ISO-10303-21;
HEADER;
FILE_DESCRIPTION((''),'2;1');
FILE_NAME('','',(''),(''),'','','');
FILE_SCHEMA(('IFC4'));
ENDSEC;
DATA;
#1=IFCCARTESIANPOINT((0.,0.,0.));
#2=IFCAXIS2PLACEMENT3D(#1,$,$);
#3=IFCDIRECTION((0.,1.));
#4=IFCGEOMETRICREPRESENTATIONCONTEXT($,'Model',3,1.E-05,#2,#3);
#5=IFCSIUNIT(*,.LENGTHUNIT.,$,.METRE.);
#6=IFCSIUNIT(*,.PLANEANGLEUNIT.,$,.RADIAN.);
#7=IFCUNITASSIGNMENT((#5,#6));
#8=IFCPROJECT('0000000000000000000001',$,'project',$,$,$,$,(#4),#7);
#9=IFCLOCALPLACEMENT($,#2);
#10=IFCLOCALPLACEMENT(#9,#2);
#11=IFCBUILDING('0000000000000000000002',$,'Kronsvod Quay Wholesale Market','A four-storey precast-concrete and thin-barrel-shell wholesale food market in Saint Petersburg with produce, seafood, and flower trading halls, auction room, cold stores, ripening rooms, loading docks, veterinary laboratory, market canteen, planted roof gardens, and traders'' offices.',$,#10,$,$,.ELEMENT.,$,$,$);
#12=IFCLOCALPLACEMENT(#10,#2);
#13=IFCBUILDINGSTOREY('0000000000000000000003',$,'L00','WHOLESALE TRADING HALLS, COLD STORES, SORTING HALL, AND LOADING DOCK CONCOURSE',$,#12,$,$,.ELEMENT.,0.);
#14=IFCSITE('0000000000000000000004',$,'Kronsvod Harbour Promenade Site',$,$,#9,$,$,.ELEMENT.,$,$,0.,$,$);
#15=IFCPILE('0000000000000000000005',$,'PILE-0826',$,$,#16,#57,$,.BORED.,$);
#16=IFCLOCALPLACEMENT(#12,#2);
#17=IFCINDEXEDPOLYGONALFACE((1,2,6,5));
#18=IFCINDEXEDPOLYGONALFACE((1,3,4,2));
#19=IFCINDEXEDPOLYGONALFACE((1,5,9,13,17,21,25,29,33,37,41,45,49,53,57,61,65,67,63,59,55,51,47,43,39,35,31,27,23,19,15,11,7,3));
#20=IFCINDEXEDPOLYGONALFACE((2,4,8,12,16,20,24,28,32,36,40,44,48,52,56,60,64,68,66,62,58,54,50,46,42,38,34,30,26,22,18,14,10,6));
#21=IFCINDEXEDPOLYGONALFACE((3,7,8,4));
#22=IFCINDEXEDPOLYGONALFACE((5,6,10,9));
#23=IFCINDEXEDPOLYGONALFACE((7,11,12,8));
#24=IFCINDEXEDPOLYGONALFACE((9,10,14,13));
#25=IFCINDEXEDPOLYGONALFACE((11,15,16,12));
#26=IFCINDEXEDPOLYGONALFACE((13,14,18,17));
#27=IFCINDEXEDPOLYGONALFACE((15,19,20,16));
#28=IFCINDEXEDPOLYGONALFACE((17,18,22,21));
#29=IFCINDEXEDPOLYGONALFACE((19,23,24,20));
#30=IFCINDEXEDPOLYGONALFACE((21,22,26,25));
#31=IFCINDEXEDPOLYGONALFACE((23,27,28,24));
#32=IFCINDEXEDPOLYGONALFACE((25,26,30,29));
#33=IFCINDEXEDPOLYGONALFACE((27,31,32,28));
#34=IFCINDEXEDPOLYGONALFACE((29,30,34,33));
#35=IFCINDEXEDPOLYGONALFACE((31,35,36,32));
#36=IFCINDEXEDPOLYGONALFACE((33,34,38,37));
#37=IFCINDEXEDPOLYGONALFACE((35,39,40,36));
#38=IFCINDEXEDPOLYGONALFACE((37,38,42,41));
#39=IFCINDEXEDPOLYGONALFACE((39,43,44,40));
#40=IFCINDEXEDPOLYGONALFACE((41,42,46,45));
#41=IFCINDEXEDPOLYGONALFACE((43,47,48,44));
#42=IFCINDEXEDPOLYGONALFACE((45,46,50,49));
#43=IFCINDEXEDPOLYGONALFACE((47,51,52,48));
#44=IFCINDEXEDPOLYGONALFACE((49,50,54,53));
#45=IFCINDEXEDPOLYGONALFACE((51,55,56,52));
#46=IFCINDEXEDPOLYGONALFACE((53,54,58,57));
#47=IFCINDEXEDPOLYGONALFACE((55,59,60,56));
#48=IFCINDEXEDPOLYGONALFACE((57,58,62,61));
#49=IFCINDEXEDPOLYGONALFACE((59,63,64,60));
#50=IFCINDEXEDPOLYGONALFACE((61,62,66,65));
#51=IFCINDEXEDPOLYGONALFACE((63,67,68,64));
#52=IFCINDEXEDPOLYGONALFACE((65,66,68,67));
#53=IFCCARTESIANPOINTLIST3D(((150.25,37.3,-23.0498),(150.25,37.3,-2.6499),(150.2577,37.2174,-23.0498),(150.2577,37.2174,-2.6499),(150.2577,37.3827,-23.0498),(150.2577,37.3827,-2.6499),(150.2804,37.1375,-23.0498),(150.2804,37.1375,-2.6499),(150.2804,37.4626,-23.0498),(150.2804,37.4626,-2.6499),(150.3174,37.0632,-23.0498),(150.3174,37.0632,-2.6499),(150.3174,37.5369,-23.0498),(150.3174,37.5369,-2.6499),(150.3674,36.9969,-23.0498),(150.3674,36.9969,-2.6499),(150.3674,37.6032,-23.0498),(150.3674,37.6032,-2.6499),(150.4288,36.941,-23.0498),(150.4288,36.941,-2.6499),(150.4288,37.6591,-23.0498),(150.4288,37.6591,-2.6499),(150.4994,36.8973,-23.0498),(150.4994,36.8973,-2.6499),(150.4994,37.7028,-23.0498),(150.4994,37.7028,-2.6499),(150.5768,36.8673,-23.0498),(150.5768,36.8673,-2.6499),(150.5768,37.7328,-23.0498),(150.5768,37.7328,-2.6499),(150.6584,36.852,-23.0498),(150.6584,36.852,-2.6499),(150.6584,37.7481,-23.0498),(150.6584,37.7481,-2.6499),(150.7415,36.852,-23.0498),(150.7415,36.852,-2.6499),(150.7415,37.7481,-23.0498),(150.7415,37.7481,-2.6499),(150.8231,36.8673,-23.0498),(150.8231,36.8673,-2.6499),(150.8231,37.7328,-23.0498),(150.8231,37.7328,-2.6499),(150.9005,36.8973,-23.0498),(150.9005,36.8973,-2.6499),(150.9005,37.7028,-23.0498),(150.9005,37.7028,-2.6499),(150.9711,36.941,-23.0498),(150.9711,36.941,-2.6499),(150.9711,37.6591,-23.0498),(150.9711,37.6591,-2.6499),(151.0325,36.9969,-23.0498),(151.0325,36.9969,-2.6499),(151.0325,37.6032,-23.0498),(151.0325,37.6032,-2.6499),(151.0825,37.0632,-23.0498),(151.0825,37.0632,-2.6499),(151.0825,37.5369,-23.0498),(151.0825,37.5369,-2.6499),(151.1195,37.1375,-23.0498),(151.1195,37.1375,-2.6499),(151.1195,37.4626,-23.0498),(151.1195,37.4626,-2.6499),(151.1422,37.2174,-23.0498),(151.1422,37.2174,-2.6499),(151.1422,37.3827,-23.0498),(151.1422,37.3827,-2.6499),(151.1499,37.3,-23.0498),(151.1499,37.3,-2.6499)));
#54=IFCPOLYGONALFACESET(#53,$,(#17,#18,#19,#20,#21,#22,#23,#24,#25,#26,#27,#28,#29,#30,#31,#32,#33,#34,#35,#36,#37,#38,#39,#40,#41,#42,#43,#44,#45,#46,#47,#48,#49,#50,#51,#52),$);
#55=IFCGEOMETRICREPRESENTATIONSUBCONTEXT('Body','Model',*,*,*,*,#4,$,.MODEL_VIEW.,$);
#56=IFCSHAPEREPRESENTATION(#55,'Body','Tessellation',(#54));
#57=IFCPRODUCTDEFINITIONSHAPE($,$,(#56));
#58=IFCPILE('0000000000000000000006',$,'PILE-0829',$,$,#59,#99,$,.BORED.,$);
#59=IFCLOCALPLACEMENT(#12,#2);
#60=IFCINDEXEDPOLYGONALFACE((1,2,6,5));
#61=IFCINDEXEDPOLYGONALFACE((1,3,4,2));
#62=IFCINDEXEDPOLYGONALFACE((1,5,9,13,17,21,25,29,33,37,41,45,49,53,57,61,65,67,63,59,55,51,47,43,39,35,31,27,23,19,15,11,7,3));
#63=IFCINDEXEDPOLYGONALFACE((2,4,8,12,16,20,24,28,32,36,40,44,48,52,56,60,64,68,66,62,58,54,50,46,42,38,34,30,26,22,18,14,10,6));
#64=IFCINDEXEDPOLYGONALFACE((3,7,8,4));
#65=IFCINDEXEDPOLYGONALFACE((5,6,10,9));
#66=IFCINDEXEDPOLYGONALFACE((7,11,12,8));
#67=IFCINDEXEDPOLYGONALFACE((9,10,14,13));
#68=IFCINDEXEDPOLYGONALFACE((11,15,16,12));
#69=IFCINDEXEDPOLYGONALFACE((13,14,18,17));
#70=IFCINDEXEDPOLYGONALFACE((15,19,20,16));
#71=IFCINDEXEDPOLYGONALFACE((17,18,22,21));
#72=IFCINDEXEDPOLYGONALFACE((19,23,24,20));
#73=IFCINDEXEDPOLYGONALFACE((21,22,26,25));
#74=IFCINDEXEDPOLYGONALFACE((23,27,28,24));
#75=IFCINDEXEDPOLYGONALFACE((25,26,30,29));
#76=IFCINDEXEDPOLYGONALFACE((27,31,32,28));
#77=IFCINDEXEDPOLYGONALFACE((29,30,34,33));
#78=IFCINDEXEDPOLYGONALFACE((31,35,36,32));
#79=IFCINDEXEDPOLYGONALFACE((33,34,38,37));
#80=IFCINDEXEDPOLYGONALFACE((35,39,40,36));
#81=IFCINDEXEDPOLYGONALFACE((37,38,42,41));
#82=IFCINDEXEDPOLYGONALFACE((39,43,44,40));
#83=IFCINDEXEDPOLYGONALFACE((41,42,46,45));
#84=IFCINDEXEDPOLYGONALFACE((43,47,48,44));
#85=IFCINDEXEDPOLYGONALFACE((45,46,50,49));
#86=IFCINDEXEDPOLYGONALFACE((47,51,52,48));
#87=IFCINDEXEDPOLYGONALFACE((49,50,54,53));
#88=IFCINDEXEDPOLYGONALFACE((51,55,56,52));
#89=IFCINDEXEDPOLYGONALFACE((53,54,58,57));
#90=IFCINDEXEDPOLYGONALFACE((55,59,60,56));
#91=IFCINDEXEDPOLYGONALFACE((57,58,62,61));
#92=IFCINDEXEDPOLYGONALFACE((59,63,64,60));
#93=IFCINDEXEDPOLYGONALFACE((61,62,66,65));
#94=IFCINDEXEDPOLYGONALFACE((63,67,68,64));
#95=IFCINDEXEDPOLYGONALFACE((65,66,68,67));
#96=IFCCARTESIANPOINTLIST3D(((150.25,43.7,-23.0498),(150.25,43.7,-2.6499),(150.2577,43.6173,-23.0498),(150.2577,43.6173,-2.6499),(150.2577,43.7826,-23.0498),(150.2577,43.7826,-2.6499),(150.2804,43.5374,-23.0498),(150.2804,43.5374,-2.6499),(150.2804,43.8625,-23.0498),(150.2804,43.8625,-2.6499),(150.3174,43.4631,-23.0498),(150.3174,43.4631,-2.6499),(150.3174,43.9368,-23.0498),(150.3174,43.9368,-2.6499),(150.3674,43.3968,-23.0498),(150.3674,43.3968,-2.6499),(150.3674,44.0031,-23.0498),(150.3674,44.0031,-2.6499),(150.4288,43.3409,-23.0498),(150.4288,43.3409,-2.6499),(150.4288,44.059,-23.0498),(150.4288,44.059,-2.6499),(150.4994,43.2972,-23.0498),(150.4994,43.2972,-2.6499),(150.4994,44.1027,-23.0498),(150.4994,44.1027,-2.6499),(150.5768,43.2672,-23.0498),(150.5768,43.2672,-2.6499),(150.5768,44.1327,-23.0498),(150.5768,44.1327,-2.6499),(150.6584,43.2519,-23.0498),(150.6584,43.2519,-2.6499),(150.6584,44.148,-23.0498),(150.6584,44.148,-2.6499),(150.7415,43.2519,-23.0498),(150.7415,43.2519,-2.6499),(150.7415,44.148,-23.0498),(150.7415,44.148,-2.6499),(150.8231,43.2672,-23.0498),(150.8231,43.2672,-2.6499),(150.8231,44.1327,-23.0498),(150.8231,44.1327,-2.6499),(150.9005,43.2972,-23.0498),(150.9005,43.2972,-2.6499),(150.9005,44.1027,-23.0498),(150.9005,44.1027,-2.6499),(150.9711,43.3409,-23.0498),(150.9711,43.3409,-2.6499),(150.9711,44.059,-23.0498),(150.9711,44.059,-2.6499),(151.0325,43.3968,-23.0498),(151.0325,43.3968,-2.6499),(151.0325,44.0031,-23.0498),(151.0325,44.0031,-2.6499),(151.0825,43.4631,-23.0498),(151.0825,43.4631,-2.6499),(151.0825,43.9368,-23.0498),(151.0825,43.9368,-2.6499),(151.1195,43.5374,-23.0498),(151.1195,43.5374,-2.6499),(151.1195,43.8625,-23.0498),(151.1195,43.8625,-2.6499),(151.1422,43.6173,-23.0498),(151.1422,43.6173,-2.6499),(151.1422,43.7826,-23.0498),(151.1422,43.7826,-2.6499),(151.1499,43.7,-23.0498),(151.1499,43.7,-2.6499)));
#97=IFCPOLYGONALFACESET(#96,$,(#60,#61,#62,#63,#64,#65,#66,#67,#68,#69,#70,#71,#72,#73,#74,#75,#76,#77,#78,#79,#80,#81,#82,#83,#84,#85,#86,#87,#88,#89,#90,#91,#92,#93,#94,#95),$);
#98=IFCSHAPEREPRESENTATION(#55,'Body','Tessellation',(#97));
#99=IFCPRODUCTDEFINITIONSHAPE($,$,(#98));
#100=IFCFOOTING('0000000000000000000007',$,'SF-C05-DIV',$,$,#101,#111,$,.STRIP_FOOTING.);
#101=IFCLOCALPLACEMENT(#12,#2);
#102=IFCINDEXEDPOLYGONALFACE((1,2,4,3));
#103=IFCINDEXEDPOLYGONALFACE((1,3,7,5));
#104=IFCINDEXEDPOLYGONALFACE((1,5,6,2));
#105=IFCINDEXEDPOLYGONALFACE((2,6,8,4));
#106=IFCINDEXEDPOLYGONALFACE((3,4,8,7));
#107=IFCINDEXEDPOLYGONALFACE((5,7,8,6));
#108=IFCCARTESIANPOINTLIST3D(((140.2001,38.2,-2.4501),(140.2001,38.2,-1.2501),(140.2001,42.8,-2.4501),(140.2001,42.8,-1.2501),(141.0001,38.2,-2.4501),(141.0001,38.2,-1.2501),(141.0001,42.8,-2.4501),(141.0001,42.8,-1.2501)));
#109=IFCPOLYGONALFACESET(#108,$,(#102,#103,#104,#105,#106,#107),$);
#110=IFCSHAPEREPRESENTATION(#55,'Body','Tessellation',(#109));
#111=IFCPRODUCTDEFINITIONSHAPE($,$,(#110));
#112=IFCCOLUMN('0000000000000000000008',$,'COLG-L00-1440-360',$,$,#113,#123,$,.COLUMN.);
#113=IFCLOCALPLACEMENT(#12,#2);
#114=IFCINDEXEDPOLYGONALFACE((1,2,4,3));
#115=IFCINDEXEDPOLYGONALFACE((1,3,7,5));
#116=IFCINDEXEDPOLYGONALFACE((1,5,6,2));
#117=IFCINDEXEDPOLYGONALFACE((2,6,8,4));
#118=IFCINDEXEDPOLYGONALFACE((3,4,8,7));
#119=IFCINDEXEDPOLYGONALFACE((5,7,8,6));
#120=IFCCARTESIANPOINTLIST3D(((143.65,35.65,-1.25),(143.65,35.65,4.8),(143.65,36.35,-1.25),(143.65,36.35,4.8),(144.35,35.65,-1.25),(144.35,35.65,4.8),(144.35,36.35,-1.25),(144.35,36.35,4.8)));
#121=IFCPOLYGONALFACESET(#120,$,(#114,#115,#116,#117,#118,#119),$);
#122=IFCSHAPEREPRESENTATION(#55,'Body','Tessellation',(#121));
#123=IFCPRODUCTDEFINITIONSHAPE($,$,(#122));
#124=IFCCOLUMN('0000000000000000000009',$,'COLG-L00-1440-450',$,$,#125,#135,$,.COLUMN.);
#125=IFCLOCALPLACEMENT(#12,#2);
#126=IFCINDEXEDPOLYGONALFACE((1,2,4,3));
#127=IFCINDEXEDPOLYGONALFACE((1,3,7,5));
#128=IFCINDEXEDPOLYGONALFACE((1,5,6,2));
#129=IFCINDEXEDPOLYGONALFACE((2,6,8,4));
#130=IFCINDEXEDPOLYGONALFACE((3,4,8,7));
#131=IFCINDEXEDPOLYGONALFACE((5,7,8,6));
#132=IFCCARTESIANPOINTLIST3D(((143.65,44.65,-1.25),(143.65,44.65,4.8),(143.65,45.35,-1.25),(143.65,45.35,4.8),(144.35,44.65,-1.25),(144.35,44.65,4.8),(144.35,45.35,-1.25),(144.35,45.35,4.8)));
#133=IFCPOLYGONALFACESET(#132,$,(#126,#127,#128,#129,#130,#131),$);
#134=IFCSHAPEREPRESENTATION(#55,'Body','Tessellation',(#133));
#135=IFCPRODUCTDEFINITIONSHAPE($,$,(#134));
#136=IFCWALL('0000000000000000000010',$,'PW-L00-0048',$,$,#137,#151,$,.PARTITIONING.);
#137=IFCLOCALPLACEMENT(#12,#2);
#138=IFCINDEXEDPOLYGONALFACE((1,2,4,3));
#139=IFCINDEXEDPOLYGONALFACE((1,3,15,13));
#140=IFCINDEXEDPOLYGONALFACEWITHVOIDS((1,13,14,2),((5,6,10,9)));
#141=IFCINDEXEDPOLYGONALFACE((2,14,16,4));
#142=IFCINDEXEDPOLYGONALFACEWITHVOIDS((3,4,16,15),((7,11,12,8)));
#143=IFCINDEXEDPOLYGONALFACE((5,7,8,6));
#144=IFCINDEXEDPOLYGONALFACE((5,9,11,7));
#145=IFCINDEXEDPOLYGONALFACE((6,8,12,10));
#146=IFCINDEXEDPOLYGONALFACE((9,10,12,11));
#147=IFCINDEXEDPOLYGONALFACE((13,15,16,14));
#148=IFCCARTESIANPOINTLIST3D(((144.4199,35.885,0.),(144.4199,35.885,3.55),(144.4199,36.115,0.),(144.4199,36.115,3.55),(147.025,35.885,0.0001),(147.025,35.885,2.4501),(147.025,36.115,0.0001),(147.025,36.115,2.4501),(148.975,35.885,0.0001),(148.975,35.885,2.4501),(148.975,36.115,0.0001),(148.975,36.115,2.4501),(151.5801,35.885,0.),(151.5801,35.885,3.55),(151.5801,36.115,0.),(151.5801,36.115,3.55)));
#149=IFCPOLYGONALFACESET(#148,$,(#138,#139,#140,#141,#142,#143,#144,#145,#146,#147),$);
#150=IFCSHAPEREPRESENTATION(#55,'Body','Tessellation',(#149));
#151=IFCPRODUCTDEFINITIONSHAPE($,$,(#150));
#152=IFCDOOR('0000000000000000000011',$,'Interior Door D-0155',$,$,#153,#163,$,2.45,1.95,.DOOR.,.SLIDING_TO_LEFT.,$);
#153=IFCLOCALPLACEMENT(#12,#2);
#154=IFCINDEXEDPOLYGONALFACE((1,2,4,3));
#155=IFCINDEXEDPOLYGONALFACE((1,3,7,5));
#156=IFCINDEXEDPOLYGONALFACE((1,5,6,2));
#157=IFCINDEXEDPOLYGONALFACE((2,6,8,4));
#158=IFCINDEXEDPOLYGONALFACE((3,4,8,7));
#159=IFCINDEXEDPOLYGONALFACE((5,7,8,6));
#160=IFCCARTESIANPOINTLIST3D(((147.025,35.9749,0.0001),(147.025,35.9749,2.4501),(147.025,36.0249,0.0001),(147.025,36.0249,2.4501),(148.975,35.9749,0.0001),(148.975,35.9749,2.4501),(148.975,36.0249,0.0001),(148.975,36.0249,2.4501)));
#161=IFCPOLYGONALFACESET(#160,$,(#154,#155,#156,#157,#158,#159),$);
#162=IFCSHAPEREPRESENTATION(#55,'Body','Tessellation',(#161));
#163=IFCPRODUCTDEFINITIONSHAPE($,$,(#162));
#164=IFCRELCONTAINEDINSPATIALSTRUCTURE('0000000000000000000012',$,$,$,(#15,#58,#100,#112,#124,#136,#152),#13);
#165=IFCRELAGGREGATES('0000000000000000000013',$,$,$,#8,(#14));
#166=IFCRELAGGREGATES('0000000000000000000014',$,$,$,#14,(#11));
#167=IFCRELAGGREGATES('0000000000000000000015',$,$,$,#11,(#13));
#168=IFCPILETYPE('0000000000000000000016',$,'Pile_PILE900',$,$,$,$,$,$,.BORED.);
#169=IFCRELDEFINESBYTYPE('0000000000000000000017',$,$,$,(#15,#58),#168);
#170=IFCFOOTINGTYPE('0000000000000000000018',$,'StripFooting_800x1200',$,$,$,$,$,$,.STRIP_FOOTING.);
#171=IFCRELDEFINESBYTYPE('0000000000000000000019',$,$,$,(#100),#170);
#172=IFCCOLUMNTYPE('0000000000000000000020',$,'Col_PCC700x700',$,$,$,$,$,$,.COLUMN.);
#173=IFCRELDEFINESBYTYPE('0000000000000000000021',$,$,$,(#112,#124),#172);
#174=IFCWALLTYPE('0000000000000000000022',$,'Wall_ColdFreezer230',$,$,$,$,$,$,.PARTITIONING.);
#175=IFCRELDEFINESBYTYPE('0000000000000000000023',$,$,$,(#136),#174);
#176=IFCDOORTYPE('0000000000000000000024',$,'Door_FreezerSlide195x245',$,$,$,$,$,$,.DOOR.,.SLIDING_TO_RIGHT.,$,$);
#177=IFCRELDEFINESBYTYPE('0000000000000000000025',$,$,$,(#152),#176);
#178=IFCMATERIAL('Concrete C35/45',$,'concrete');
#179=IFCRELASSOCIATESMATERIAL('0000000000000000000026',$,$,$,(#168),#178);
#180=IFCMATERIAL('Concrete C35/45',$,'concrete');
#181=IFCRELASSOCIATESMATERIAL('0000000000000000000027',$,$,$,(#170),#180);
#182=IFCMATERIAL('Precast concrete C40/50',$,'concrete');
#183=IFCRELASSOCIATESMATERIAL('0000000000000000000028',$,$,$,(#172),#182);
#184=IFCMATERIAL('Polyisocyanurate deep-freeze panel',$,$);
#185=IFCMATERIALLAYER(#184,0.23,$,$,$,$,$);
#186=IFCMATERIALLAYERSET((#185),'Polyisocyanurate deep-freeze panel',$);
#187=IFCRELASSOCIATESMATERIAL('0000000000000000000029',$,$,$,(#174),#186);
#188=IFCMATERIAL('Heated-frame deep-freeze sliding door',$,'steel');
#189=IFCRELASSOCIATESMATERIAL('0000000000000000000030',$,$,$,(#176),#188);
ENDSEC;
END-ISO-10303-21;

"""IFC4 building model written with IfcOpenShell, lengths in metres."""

from ifc_helpers import new_model, si_unit, direction, frame, frame_2d, origin, origin_2d, place, context, subcontext, project, spatial, rectangle, circle, extrude, material, layer, layer_set, material_profile, profile_set, type_object, element, fill, save


model = new_model("IFC4")

# Units and contexts
model_context = context("Model", 3, precision=1e-05, world=origin(), true_north=direction((0.0, 1.0)))
body_context = subcontext(model_context, "Body", "Model", "MODEL_VIEW")
ifc_project = project(units=[si_unit("LENGTHUNIT", "METRE"), si_unit("PLANEANGLEUNIT", "RADIAN")], contexts=[model_context])

# Site, building, storey
site_placement = place(None, origin())
site = spatial("IfcSite", under=ifc_project, at=site_placement, Name="Kronsvod Harbour Promenade Site", CompositionType="ELEMENT", RefElevation=0.0)
building_placement = place(site_placement, origin())
building = spatial("IfcBuilding", under=site, at=building_placement, Name="Kronsvod Quay Wholesale Market", Description="A four-storey precast-concrete and thin-barrel-shell wholesale food market in Saint Petersburg with produce, seafood, and flower trading halls, auction room, cold stores, ripening rooms, loading docks, veterinary laboratory, market canteen, planted roof gardens, and traders' offices.", CompositionType="ELEMENT")
storey_placement = place(building_placement, origin())
storey = spatial("IfcBuildingStorey", under=building, at=storey_placement, Name="L00", Description="WHOLESALE TRADING HALLS, COLD STORES, SORTING HALL, AND LOADING DOCK CONCOURSE", CompositionType="ELEMENT", Elevation=0.0)

# Piles
ifc_material_1 = material(Name="Concrete C35/45", Category="concrete")
ifc_material_profile_1 = material_profile(ifc_material_1, circle(Radius=0.45, at=origin_2d()), Name="PILE900")
ifc_profile_set_1 = profile_set([ifc_material_profile_1], Name="Concrete C35/45")
pile_type = type_object("IfcPileType", Name="Pile_PILE900", PredefinedType="BORED", material=ifc_profile_set_1)
for number, where, z_axis, x_axis, name in (
    (1, (150.7, 37.3, -2.6499), (0.0, 0.0, -1.0), (1.0, 0.0, 0.0), "PILE-0826"),
    (2, (150.7, 43.7, -2.6499), (0.0, 0.0, -1.0), (1.0, 0.0, 0.0), "PILE-0829"),
):
    element("IfcPile", number, at=place(storey_placement, frame(where, z_axis=z_axis, x_axis=x_axis)), inside=storey, type_object=pile_type, Name=name, PredefinedType="BORED", context=body_context, shape_type="SweptSolid", body=[
        extrude(circle(Radius=0.45, at=origin_2d()), origin(), (0.0, 0.0, 1.0), 20.3999),
    ])

# Footing
ifc_material_2 = material(Name="Concrete C35/45", Category="concrete")
ifc_material_profile_2 = material_profile(ifc_material_2, rectangle(XDim=0.8, YDim=1.2, at=origin_2d()), Name="SF-01")
ifc_profile_set_2 = profile_set([ifc_material_profile_2], Name="Concrete C35/45")
footing_type_1 = type_object("IfcFootingType", Name="StripFooting_800x1200", PredefinedType="STRIP_FOOTING", material=ifc_profile_set_2)
footing_1_placement = place(storey_placement, frame((140.6001, 38.2, -1.8501), z_axis=(0.0, 1.0, 0.0), x_axis=(-1.0, 0.0, 0.0)))
element("IfcFooting", 3, at=footing_1_placement, inside=storey, type_object=footing_type_1, Name="SF-C05-DIV", PredefinedType="STRIP_FOOTING", context=body_context, shape_type="SweptSolid", body=[
    extrude(rectangle(XDim=0.8, YDim=1.2, at=origin_2d()), origin(), (0.0, 0.0, 1.0), 4.6001),
])

# Columns
ifc_material_3 = material(Name="Precast concrete C40/50", Category="concrete")
ifc_material_profile_3 = material_profile(ifc_material_3, rectangle(XDim=0.7, YDim=0.7, at=origin_2d()), Name="PCC700x700")
ifc_profile_set_3 = profile_set([ifc_material_profile_3], Name="Precast concrete C40/50")
column_type = type_object("IfcColumnType", Name="Col_PCC700x700", PredefinedType="COLUMN", material=ifc_profile_set_3)
for number, where, z_axis, x_axis, name in (
    (4, (144.0, 36.0, -1.25), (0.0, 0.0, 1.0), (1.0, 0.0, 0.0), "COLG-L00-1440-360"),
    (5, (144.0, 45.0, -1.25), (0.0, 0.0, 1.0), (1.0, 0.0, 0.0), "COLG-L00-1440-450"),
):
    element("IfcColumn", number, at=place(storey_placement, frame(where, z_axis=z_axis, x_axis=x_axis)), inside=storey, type_object=column_type, Name=name, PredefinedType="COLUMN", context=body_context, shape_type="SweptSolid", body=[
        extrude(rectangle(XDim=0.7, YDim=0.7, at=origin_2d()), origin(), (0.0, 0.0, 1.0), 6.05),
    ])

# Wall, opening, door
ifc_material_4 = material(Name="Polyisocyanurate deep-freeze panel")
ifc_layer_1 = layer(ifc_material_4, 0.23)
ifc_layer_set_1 = layer_set([ifc_layer_1], Name="Polyisocyanurate deep-freeze panel")
wall_type_1 = type_object("IfcWallType", Name="Wall_ColdFreezer230", PredefinedType="PARTITIONING", material=ifc_layer_set_1)
wall_1_placement = place(storey_placement, frame((144.4199, 36.0, 0.0), z_axis=(0.0, 0.0, 1.0), x_axis=(1.0, 0.0, 0.0)))
wall_1 = element("IfcWall", 6, at=wall_1_placement, inside=storey, type_object=wall_type_1, Name="PW-L00-0048", PredefinedType="PARTITIONING", context=body_context, shape_type="SweptSolid", body=[
    extrude(rectangle(XDim=7.1602, YDim=0.23, at=frame_2d((3.5801, 0.0))), origin(), (0.0, 0.0, 1.0), 3.55),
])
opening_1_placement = place(wall_1_placement, frame((2.605, 0.0, 0.0)))
opening_1 = element("IfcOpeningElement", 7, at=opening_1_placement, cuts=wall_1, PredefinedType="OPENING", context=body_context, shape_type="SweptSolid", body=[
    extrude(rectangle(XDim=1.95, YDim=2.45, at=frame_2d((0.9751, 1.2251))), frame((0.0, 0.125, 0.0), z_axis=(0.0, -1.0, 0.0), x_axis=(1.0, 0.0, 0.0)), (0.0, 0.0, 1.0), 0.25),
])
ifc_material_5 = material(Name="Heated-frame deep-freeze sliding door", Category="steel")
door_type_1 = type_object("IfcDoorType", Name="Door_FreezerSlide195x245", OperationType="SLIDING_TO_RIGHT", PredefinedType="DOOR", material=ifc_material_5)
door_1_placement = place(opening_1_placement, origin())
door_1 = element("IfcDoor", 8, at=door_1_placement, inside=storey, type_object=door_type_1, Name="Interior Door D-0155", OperationType="SLIDING_TO_LEFT", OverallHeight=2.45, OverallWidth=1.95, PredefinedType="DOOR", context=body_context, shape_type="SweptSolid", body=[
    extrude(rectangle(XDim=1.95, YDim=2.45, at=frame_2d((0.9751, 1.2251))), frame((0.0, 0.0249, 0.0), z_axis=(0.0, -1.0, 0.0), x_axis=(1.0, 0.0, 0.0)), (0.0, 0.0, 1.0), 0.05),
])
fill(opening_1, door_1)

save(model, "model.ifc")
